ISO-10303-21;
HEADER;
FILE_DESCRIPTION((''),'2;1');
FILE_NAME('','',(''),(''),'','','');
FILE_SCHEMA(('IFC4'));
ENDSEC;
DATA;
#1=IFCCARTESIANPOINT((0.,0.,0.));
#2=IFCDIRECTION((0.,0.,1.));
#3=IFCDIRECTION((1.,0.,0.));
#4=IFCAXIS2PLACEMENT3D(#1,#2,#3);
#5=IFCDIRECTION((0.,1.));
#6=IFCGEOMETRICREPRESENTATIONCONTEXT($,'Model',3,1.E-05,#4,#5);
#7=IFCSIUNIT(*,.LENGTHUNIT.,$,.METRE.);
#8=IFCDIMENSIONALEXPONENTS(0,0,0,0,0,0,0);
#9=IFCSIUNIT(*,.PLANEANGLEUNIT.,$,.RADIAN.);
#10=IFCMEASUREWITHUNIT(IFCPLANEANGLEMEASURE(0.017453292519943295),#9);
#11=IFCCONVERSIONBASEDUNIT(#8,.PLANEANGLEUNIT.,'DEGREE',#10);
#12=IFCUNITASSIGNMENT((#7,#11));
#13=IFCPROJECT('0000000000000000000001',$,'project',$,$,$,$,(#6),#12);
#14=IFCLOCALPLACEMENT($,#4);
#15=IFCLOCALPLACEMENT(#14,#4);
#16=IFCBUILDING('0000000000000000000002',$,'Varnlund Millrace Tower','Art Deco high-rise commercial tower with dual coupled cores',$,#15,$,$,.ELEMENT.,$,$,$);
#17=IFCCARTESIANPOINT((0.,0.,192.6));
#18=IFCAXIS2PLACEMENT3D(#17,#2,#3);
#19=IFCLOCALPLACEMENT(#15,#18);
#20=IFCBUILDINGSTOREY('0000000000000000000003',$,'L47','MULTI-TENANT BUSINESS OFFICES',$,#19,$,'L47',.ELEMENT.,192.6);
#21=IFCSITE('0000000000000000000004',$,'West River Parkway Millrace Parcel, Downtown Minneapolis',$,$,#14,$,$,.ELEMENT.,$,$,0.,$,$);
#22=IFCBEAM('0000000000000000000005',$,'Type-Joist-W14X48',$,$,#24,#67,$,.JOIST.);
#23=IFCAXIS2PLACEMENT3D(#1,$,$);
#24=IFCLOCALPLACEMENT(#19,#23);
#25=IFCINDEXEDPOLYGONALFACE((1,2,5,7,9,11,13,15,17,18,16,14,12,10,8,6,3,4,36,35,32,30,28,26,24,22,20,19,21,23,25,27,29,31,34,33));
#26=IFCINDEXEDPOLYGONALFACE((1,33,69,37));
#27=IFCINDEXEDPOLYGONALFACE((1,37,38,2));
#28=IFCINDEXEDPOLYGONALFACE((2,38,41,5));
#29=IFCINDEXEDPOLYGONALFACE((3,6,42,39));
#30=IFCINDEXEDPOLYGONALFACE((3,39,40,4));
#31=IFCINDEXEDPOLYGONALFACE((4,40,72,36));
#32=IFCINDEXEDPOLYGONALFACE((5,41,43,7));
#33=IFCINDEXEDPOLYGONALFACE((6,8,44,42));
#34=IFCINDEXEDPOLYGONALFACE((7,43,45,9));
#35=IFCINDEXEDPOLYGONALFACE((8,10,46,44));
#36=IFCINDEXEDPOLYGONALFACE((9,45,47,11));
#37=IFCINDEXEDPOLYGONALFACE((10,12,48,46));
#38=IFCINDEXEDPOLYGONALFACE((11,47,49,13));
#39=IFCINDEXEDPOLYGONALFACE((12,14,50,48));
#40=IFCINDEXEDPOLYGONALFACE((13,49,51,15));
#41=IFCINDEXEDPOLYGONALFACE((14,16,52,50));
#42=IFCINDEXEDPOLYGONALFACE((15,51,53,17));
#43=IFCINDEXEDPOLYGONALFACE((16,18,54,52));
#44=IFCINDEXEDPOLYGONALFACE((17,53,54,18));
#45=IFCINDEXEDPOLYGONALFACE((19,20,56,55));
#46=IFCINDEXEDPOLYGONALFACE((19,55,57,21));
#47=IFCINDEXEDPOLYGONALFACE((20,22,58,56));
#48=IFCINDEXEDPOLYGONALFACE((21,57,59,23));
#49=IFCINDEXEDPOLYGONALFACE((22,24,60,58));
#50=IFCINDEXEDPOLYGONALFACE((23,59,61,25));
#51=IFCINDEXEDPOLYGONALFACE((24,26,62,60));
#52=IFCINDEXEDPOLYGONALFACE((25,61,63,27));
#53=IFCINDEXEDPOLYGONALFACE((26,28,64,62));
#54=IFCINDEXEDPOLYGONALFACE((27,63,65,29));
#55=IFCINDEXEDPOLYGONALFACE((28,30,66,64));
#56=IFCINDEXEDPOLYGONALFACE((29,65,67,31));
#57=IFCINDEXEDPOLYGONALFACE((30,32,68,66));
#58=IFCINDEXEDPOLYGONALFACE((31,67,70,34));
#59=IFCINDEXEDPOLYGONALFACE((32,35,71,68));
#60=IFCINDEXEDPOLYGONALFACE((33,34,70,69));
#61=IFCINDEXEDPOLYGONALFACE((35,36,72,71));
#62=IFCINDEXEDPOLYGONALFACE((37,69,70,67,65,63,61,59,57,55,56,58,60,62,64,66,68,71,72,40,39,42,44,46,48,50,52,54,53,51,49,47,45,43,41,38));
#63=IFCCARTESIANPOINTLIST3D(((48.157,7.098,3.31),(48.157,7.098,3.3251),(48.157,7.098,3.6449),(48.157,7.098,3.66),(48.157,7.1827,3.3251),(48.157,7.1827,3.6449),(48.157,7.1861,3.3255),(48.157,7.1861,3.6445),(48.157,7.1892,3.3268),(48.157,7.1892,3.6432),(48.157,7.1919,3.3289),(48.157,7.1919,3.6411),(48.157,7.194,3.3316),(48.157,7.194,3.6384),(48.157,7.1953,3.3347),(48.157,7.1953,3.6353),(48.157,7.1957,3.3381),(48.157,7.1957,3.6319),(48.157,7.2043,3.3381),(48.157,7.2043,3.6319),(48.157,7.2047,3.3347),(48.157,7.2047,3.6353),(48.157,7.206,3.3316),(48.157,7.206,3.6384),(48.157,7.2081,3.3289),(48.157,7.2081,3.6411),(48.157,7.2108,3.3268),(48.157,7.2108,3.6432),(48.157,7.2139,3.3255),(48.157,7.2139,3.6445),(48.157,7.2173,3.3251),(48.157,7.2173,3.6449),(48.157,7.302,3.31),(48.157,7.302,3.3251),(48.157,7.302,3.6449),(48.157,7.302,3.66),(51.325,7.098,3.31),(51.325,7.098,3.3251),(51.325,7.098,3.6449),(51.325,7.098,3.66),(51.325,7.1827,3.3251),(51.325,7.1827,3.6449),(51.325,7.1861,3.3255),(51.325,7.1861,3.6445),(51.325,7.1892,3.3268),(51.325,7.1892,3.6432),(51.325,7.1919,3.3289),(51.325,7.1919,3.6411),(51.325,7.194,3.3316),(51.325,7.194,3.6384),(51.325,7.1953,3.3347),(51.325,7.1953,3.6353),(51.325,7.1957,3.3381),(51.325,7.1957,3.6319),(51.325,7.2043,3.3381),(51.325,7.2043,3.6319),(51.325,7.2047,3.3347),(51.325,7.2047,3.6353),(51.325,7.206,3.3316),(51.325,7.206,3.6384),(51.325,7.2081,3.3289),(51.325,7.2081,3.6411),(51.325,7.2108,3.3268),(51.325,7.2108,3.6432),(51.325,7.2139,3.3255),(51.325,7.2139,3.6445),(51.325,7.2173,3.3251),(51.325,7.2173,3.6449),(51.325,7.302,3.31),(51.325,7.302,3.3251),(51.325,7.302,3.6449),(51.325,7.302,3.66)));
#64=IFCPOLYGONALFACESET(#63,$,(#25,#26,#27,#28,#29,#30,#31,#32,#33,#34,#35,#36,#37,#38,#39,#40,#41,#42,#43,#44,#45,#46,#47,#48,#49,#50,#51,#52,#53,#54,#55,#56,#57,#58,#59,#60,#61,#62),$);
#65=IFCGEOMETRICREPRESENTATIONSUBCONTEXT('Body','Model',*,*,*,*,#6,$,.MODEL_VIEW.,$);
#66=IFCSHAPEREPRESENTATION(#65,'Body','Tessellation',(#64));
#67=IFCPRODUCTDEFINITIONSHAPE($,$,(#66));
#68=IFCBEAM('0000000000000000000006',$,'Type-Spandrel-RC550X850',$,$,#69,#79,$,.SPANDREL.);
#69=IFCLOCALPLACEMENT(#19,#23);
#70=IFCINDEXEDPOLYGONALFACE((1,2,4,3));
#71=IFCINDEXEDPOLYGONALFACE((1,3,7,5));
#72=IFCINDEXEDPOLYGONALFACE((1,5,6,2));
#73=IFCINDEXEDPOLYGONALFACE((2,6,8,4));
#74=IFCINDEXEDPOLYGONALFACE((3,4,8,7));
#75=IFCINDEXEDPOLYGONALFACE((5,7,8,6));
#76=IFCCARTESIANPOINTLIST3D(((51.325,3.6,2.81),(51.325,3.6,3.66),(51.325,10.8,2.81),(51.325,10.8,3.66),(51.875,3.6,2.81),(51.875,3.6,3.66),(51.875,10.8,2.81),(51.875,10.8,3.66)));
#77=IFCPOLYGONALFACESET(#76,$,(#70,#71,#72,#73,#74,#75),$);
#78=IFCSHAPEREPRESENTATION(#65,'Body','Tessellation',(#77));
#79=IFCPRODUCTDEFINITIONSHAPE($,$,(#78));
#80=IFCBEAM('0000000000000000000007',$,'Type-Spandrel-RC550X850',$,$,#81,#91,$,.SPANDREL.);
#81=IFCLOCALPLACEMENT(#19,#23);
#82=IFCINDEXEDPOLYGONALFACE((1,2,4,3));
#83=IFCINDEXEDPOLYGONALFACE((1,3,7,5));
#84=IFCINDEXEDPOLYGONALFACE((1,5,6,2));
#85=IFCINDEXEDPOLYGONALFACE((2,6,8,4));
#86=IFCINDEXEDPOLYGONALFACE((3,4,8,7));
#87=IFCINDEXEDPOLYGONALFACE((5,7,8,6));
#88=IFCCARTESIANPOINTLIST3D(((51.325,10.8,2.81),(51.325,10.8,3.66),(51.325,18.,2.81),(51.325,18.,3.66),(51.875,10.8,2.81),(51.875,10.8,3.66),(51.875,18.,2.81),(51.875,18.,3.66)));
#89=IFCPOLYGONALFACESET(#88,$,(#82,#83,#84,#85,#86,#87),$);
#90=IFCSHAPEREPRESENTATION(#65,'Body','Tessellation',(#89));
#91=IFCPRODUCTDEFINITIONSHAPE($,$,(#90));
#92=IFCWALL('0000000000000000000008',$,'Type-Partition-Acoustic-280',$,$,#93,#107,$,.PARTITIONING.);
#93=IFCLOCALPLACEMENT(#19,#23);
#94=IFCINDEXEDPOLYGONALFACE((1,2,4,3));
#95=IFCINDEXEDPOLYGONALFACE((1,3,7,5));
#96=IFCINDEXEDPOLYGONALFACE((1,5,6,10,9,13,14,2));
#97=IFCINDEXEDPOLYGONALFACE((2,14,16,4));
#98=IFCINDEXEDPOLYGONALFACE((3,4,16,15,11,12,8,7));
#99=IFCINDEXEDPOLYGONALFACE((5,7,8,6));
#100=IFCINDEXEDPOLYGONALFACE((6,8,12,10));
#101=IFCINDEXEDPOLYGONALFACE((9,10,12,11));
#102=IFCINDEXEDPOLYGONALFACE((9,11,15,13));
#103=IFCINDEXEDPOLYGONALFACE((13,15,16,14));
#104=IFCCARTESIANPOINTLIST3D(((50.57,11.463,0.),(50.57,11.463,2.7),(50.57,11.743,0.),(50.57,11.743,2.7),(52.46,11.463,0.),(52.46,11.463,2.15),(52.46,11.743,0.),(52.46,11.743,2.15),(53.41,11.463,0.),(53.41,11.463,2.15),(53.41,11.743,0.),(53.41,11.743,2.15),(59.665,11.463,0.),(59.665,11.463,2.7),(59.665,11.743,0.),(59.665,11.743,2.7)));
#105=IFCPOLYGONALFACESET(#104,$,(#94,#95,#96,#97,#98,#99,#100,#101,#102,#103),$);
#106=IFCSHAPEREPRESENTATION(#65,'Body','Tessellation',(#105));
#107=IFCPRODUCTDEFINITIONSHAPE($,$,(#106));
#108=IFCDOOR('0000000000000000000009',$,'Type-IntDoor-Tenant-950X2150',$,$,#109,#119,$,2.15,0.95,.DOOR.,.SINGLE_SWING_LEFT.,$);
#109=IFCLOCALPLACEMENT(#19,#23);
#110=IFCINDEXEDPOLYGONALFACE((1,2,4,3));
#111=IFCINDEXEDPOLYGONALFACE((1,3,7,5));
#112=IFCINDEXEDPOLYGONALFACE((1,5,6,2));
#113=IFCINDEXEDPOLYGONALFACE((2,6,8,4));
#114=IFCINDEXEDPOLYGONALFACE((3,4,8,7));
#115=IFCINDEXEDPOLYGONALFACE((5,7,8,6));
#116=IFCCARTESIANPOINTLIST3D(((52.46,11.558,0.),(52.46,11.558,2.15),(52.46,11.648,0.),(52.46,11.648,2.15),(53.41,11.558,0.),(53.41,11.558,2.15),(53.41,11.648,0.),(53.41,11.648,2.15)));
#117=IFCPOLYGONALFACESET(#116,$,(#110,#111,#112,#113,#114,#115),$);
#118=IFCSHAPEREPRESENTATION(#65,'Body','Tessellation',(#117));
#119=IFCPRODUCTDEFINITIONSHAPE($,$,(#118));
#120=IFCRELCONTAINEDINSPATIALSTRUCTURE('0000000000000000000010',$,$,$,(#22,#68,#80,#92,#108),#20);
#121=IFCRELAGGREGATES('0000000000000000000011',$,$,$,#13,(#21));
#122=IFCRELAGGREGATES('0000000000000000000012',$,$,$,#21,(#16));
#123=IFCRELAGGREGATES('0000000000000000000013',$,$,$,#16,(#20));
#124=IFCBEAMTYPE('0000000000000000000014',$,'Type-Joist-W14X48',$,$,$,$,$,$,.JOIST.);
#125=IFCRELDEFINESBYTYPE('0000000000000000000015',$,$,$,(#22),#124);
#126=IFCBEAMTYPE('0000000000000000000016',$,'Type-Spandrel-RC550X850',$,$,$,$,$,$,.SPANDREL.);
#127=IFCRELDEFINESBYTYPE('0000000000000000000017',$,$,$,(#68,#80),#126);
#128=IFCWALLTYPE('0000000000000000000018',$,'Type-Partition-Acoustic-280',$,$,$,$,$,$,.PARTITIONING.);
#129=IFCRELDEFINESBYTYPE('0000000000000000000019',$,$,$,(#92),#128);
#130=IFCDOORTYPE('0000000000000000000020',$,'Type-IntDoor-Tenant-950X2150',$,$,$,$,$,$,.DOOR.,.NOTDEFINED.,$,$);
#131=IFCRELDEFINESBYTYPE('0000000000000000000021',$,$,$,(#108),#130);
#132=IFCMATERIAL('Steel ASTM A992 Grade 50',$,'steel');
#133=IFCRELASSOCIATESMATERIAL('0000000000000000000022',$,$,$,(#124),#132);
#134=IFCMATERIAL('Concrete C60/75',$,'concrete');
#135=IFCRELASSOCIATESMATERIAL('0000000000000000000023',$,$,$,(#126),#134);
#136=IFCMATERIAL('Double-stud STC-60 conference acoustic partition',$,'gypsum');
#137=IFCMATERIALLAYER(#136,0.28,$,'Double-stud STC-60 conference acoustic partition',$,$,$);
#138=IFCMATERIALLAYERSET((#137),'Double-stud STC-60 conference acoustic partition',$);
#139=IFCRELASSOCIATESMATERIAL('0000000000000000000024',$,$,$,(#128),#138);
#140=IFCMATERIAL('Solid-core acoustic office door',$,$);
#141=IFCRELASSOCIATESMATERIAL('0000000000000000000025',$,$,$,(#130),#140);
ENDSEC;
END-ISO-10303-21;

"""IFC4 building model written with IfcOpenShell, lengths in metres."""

from ifc_helpers import new_model, entity, si_unit, converted_unit, direction, frame, origin_with_axes, origin_2d_with_axis, place, context, subcontext, project, spatial, polyline, rectangle, i_section, outline, extrude, material, layer, layer_set, material_profile, profile_set, type_object, element, fill, save


model = new_model("IFC4")

# Units and contexts
model_context = context("Model", 3, precision=1e-05, world=origin_with_axes(), true_north=direction((0.0, 1.0)))
body_context = subcontext(model_context, "Body", "Model", "MODEL_VIEW")
ifc_project = project(units=[si_unit("LENGTHUNIT", "METRE"), converted_unit("PLANEANGLEUNIT", "DEGREE", entity("IfcPlaneAngleMeasure", 0.017453292519943295), si_unit("PLANEANGLEUNIT", "RADIAN"), dimensions=[0, 0, 0, 0, 0, 0, 0])], contexts=[model_context])

# Site, building, storey
site_placement = place(None, origin_with_axes())
site = spatial("IfcSite", under=ifc_project, at=site_placement, Name="West River Parkway Millrace Parcel, Downtown Minneapolis", CompositionType="ELEMENT", RefElevation=0.0)
building_placement = place(site_placement, origin_with_axes())
building = spatial("IfcBuilding", under=site, at=building_placement, Name="Varnlund Millrace Tower", Description="Art Deco high-rise commercial tower with dual coupled cores", CompositionType="ELEMENT")
storey_placement = place(building_placement, frame((0.0, 0.0, 192.6), z_axis=(0.0, 0.0, 1.0), x_axis=(1.0, 0.0, 0.0)))
storey = spatial("IfcBuildingStorey", under=building, at=storey_placement, Name="L47", Description="MULTI-TENANT BUSINESS OFFICES", LongName="L47", CompositionType="ELEMENT", Elevation=192.6)

# Beams
ifc_material_1 = material(Name="Steel ASTM A992 Grade 50", Category="steel")
ifc_material_profile_1 = material_profile(ifc_material_1, i_section(OverallWidth=0.204, OverallDepth=0.35, WebThickness=0.0086, FlangeThickness=0.0151, FilletRadius=0.013, at=origin_2d_with_axis()), Name="Steel ASTM A992 Grade 50")
ifc_profile_set_1 = profile_set([ifc_material_profile_1], Name="Steel ASTM A992 Grade 50")
beam_type_1 = type_object("IfcBeamType", Name="Type-Joist-W14X48", PredefinedType="JOIST", material=ifc_profile_set_1)
beam_1_placement = place(storey_placement, frame((48.157, 7.2, 3.485), z_axis=(1.0, 0.0, 0.0), x_axis=(0.0, 1.0, 0.0)))
element("IfcBeam", 1, at=beam_1_placement, inside=storey, type_object=beam_type_1, Name="Type-Joist-W14X48", PredefinedType="JOIST", context=body_context, shape_type="SweptSolid", body=[
    extrude(i_section(OverallWidth=0.204, OverallDepth=0.35, WebThickness=0.0086, FlangeThickness=0.0151, FilletRadius=0.013, at=origin_2d_with_axis()), origin_with_axes(), (0.0, 0.0, 1.0), 3.168),
])
ifc_material_2 = material(Name="Concrete C60/75", Category="concrete")
ifc_material_profile_2 = material_profile(ifc_material_2, rectangle(XDim=0.55, YDim=0.85, at=origin_2d_with_axis()), Name="Concrete C60/75")
ifc_profile_set_2 = profile_set([ifc_material_profile_2], Name="Concrete C60/75")
beam_type_2 = type_object("IfcBeamType", Name="Type-Spandrel-RC550X850", PredefinedType="SPANDREL", material=ifc_profile_set_2)
for number, where, z_axis, x_axis, name in (
    (2, (51.6, 3.6, 3.235), (0.0, 1.0, 0.0), (-1.0, 0.0, 0.0), "Type-Spandrel-RC550X850"),
    (3, (51.6, 10.8, 3.235), (0.0, 1.0, 0.0), (-1.0, 0.0, 0.0), "Type-Spandrel-RC550X850"),
):
    element("IfcBeam", number, at=place(storey_placement, frame(where, z_axis=z_axis, x_axis=x_axis)), inside=storey, type_object=beam_type_2, Name=name, PredefinedType="SPANDREL", context=body_context, shape_type="SweptSolid", body=[
        extrude(rectangle(XDim=0.55, YDim=0.85, at=origin_2d_with_axis()), origin_with_axes(), (0.0, 0.0, 1.0), 7.2),
    ])

# Wall, opening, door
ifc_material_3 = material(Name="Double-stud STC-60 conference acoustic partition", Category="gypsum")
ifc_layer_1 = layer(ifc_material_3, 0.28, Name="Double-stud STC-60 conference acoustic partition")
ifc_layer_set_1 = layer_set([ifc_layer_1], Name="Double-stud STC-60 conference acoustic partition")
wall_type_1 = type_object("IfcWallType", Name="Type-Partition-Acoustic-280", PredefinedType="PARTITIONING", material=ifc_layer_set_1)
wall_1_placement = place(storey_placement, frame((50.57, 11.603, 0.0), z_axis=(0.0, 0.0, 1.0), x_axis=(1.0, 0.0, 0.0)))
wall_1 = element("IfcWall", 4, at=wall_1_placement, inside=storey, type_object=wall_type_1, Name="Type-Partition-Acoustic-280", PredefinedType="PARTITIONING", context=body_context, shape_type="SweptSolid", body=[
    extrude(outline(polyline([(0.0, -0.14), (9.095, -0.14), (9.095, 0.14), (0.0, 0.14), (0.0, -0.14)])), origin_with_axes(), (0.0, 0.0, 1.0), 2.7),
])
opening_1_placement = place(wall_1_placement, frame((2.365, 0.0, 0.0), z_axis=(0.0, 0.0, 1.0), x_axis=(1.0, 0.0, 0.0)))
opening_1 = element("IfcOpeningElement", 5, at=opening_1_placement, cuts=wall_1, PredefinedType="OPENING", context=body_context, shape_type="SweptSolid", body=[
    extrude(rectangle(XDim=0.95, YDim=0.3, at=origin_2d_with_axis()), origin_with_axes(), (0.0, 0.0, 1.0), 2.15),
])
ifc_material_4 = material(Name="Solid-core acoustic office door")
door_type_1 = type_object("IfcDoorType", Name="Type-IntDoor-Tenant-950X2150", OperationType="NOTDEFINED", PredefinedType="DOOR", material=ifc_material_4)
door_1_placement = place(wall_1_placement, frame((2.365, 0.0, 0.0), z_axis=(0.0, 0.0, 1.0), x_axis=(1.0, 0.0, 0.0)))
door_1 = element("IfcDoor", 6, at=door_1_placement, inside=storey, type_object=door_type_1, Name="Type-IntDoor-Tenant-950X2150", OperationType="SINGLE_SWING_LEFT", OverallHeight=2.15, OverallWidth=0.95, PredefinedType="DOOR", context=body_context, shape_type="SweptSolid", body=[
    extrude(rectangle(XDim=0.95, YDim=0.09, at=origin_2d_with_axis()), origin_with_axes(), (0.0, 0.0, 1.0), 2.15),
])
fill(opening_1, door_1)

save(model, "model.ifc")
